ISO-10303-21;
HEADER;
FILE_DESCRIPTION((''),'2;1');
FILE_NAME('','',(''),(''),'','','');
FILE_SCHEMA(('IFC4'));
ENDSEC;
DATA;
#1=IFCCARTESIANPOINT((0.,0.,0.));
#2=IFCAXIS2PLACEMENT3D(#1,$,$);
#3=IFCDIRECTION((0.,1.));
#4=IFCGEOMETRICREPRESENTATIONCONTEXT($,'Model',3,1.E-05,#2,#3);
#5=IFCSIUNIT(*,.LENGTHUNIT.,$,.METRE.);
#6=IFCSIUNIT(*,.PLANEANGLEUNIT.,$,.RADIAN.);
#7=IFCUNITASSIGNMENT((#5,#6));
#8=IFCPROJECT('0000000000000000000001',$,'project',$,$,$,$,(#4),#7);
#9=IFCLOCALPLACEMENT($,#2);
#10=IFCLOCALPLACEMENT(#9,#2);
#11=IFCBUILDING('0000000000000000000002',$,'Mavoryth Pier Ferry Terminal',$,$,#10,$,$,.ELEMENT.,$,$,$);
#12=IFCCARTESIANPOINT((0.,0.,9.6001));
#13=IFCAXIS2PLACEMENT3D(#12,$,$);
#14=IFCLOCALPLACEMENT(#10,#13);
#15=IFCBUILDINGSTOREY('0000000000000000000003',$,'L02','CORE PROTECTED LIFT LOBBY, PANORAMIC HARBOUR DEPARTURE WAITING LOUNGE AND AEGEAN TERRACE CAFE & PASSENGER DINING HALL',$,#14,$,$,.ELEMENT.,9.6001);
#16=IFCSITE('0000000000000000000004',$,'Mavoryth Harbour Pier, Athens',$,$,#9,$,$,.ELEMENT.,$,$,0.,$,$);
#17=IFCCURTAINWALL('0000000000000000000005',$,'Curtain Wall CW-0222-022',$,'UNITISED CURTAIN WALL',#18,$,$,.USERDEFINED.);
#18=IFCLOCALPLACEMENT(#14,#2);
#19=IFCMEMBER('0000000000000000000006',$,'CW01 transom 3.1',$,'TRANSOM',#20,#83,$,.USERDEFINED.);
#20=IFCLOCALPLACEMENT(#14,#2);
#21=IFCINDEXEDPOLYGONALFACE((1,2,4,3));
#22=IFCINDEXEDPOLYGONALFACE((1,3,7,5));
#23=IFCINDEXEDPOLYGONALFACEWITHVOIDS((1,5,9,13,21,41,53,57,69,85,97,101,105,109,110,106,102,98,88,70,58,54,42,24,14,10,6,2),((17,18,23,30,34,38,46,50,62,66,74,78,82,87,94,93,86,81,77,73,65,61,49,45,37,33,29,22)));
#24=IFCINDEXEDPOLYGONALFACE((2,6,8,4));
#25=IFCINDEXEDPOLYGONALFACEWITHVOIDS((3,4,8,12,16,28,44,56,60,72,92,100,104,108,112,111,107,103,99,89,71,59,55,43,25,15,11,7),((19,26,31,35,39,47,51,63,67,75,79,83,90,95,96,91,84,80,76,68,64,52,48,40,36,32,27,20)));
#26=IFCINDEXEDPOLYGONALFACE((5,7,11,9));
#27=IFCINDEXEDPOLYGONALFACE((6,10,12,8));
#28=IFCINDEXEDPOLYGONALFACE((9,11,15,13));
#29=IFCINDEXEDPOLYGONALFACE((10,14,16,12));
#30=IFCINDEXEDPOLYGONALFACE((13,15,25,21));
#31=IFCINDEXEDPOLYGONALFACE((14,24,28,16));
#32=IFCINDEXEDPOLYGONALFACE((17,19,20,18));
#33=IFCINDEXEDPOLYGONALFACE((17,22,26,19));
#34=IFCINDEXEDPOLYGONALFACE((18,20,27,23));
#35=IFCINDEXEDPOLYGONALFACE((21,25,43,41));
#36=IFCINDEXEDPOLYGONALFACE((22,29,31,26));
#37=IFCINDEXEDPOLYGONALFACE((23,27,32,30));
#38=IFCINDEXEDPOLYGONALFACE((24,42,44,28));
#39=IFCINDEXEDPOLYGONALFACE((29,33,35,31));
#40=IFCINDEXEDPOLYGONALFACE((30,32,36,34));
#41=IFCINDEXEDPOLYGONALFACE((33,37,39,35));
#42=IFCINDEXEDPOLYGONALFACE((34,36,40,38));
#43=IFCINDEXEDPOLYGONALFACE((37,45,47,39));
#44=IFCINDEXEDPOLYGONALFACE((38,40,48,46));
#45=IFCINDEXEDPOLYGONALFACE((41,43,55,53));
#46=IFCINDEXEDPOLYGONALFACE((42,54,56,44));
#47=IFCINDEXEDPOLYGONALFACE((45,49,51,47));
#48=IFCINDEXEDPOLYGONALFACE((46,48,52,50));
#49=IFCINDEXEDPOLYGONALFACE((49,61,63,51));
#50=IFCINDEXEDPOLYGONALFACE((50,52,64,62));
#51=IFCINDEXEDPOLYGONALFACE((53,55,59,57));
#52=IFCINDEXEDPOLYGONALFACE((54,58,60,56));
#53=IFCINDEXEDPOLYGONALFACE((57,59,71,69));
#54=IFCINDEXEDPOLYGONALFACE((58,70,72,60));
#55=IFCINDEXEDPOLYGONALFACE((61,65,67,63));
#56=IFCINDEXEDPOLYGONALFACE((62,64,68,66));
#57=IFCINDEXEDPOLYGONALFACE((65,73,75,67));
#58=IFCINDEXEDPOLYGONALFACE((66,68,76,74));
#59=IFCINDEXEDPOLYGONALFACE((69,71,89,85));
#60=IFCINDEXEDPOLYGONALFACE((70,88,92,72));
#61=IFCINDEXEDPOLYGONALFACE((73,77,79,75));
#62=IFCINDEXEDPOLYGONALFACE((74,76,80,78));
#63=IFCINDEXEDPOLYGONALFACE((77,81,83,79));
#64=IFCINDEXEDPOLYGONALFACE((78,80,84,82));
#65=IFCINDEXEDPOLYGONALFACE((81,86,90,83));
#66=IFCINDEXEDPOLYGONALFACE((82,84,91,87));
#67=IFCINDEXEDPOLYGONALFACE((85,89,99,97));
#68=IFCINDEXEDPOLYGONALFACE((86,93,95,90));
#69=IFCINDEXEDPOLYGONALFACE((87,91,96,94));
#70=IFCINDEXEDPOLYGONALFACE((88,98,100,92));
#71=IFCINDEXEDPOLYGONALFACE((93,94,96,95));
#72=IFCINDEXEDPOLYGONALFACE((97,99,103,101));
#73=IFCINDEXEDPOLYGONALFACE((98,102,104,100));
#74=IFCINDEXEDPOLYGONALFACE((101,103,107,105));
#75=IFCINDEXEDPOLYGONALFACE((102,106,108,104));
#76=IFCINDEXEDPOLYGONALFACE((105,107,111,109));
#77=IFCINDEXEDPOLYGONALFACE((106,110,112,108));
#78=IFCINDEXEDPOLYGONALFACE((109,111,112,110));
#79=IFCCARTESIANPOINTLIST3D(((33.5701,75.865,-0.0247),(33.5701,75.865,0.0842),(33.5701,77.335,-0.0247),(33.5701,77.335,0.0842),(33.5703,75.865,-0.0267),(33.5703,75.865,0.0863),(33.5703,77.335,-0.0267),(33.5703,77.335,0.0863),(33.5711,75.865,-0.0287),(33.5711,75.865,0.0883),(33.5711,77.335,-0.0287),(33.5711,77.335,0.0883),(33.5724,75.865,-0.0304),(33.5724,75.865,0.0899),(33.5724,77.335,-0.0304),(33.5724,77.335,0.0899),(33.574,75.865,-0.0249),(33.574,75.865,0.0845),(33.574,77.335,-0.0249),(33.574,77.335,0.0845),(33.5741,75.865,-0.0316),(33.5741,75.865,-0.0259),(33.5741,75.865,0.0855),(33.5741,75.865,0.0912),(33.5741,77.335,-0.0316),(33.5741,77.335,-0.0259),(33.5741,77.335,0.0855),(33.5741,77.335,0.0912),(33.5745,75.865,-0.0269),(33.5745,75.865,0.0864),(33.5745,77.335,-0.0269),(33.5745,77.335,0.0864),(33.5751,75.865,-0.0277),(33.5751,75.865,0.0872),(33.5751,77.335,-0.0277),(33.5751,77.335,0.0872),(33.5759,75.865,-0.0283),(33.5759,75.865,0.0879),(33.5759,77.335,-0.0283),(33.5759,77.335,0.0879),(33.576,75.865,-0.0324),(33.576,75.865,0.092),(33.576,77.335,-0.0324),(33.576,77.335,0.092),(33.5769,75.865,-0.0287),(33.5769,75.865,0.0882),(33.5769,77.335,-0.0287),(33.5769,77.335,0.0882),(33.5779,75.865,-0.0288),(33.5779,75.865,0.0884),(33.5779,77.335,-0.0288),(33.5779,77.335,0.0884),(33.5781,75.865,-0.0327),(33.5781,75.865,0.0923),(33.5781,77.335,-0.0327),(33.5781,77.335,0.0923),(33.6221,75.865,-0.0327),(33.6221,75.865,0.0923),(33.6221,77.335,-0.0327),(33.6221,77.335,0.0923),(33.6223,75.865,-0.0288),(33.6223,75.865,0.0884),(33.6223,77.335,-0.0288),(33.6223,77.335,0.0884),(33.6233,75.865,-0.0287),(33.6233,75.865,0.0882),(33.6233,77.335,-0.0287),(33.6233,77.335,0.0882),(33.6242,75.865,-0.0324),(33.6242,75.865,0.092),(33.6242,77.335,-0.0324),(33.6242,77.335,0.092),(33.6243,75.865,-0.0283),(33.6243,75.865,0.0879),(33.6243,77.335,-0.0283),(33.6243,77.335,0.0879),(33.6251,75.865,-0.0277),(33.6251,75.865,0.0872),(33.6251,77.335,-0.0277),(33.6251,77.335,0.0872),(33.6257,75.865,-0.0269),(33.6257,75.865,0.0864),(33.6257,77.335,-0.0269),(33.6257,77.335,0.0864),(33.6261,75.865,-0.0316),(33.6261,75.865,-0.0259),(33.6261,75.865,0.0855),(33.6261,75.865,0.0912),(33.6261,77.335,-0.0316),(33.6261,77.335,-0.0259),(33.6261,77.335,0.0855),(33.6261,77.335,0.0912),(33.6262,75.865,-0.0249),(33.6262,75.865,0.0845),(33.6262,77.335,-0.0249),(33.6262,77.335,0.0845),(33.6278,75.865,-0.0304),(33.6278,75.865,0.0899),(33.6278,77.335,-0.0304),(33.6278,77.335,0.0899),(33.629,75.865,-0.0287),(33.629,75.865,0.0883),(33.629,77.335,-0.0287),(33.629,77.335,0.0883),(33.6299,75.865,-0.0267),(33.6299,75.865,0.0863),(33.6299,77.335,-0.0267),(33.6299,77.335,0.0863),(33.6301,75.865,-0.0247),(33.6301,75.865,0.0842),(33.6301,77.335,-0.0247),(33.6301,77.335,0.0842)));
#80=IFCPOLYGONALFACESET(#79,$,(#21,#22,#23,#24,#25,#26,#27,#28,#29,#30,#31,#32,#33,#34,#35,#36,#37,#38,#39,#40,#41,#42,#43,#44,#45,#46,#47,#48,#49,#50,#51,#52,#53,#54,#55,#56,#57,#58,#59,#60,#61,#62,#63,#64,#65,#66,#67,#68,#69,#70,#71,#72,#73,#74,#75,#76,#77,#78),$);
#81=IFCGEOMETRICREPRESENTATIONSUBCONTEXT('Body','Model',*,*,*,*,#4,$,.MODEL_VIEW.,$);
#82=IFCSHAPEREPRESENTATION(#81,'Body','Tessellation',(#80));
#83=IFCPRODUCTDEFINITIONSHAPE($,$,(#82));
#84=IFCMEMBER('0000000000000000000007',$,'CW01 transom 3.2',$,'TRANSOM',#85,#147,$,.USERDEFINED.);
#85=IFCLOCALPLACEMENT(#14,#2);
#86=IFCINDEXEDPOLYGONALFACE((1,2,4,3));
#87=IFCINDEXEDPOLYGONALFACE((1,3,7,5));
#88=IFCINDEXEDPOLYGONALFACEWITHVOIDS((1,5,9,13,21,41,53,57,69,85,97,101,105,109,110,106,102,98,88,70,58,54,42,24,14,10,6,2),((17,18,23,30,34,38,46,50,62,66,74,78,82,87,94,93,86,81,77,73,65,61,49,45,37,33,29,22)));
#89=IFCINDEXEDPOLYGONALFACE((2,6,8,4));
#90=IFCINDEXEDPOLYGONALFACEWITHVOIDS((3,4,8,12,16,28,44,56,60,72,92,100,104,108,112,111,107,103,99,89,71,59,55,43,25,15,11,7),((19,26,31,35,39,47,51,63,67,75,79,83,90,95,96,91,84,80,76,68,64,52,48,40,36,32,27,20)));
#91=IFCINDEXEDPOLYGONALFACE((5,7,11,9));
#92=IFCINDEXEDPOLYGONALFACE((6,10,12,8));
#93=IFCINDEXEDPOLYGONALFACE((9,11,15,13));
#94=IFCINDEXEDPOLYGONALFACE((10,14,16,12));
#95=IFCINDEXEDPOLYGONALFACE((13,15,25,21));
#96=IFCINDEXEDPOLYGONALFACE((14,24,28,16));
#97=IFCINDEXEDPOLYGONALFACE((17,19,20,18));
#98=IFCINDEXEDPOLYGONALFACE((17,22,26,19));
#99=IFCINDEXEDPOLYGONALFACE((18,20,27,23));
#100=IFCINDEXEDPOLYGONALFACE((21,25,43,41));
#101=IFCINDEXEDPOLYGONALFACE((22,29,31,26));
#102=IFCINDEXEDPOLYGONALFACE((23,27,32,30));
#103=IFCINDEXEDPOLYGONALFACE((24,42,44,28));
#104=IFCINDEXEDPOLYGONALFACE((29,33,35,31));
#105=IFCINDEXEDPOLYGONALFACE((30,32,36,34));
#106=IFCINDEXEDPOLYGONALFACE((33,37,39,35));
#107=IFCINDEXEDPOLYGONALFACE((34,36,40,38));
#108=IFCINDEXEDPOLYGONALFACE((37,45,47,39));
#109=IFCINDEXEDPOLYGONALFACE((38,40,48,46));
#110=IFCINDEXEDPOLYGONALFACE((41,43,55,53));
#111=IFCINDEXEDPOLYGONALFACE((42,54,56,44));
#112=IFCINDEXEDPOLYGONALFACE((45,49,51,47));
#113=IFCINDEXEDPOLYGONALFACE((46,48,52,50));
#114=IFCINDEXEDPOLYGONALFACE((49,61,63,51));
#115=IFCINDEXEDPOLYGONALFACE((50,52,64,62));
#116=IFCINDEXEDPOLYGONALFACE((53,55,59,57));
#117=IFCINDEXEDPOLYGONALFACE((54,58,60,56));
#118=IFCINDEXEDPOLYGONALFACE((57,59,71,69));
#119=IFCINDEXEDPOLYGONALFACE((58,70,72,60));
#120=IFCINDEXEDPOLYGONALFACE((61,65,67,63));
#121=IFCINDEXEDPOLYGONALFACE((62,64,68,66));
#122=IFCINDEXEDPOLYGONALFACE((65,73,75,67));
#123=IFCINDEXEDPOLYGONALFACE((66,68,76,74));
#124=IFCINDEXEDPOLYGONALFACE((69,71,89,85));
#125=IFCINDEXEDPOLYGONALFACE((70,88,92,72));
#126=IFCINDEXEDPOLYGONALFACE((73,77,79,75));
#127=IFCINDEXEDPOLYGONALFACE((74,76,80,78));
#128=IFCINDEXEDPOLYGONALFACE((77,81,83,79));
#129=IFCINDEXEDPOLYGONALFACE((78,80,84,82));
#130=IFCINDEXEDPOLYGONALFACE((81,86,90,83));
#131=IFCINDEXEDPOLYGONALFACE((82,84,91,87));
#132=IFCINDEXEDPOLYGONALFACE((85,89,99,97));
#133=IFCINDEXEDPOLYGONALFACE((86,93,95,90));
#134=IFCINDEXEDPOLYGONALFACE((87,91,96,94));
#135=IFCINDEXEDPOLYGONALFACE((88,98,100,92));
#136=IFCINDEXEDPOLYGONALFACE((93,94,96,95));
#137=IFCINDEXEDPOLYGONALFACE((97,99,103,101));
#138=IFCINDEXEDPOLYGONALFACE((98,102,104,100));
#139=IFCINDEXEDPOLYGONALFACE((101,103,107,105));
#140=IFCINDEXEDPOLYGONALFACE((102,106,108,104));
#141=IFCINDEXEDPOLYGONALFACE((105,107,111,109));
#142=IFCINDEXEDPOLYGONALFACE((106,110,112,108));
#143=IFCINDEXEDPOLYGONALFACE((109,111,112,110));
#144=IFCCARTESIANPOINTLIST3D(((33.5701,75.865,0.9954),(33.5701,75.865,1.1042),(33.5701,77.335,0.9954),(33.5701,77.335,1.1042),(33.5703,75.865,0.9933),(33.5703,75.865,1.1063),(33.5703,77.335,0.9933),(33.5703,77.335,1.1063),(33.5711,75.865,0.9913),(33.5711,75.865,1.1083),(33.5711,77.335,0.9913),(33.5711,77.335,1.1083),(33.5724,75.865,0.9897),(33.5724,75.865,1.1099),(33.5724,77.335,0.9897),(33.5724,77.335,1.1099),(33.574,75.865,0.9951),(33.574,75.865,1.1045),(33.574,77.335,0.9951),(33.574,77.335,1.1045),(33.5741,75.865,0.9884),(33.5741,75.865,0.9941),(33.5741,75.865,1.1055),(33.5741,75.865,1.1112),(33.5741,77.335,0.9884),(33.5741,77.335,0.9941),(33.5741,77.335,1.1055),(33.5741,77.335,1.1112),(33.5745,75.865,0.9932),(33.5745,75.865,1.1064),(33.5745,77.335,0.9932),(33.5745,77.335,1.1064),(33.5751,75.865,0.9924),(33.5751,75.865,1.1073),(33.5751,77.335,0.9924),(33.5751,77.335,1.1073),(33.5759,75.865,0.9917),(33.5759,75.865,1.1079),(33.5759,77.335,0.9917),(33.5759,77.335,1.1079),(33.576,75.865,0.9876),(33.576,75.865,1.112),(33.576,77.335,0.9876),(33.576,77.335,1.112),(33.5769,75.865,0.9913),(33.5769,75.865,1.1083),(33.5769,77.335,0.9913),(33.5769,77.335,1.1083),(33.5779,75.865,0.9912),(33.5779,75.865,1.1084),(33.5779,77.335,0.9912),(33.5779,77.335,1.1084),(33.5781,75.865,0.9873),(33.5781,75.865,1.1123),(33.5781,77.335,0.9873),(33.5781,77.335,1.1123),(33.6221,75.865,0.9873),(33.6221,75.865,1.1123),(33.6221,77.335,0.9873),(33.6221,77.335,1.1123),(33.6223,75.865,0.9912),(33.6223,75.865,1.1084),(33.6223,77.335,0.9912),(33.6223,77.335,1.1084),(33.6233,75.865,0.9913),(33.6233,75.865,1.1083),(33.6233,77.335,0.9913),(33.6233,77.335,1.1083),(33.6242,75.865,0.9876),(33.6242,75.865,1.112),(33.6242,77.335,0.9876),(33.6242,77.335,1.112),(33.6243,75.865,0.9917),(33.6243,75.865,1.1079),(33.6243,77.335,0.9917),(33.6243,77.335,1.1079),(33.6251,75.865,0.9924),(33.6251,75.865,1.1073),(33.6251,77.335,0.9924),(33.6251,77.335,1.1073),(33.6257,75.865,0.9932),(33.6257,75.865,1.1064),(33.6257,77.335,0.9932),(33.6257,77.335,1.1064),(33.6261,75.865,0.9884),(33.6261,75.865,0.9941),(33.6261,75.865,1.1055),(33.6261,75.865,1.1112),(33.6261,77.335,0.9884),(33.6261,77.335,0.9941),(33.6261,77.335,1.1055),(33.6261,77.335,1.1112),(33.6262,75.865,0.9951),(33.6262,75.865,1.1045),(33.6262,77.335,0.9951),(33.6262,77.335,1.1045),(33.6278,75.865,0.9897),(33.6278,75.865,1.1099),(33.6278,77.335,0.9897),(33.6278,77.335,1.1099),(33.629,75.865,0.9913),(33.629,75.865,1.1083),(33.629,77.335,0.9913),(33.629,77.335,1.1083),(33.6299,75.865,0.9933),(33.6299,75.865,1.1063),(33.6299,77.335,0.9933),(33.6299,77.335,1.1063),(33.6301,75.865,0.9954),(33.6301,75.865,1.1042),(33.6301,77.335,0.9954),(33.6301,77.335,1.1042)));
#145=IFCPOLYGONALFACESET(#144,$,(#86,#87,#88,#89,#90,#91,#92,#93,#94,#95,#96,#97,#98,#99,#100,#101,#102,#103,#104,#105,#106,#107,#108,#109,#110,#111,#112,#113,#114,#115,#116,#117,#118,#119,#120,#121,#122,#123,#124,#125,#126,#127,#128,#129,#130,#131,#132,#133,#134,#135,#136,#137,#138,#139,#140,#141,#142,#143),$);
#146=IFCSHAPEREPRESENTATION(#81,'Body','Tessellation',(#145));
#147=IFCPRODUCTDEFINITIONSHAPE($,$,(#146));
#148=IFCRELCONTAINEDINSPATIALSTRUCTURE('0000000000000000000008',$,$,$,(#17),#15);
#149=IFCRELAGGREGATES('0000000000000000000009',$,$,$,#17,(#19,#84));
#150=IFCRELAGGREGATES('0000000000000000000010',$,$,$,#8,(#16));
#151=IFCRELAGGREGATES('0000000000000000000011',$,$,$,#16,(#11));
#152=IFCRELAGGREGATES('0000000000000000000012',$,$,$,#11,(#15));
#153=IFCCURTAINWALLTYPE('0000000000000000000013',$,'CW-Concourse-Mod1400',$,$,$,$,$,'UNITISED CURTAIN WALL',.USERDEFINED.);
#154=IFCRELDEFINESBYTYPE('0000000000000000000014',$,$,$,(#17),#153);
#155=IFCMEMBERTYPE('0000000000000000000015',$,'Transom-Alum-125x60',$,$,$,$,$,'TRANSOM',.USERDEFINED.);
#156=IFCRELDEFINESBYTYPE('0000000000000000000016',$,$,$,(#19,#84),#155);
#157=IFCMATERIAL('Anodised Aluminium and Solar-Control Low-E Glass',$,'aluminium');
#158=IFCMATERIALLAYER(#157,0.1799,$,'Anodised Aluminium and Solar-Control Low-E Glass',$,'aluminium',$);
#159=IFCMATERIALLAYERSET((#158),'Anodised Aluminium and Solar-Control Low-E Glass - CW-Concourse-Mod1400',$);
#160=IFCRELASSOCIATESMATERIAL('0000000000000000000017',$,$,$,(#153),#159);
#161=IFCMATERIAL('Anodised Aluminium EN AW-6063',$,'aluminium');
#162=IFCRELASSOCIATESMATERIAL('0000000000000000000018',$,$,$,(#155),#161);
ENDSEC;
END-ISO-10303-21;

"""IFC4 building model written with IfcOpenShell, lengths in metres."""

from ifc_helpers import new_model, si_unit, direction, frame, origin, origin_2d, place, context, subcontext, project, spatial, hollow_rectangle, extrude, material, layer, layer_set, material_profile, profile_set, type_object, element, aggregate, save


model = new_model("IFC4")

# Units and contexts
model_context = context("Model", 3, precision=1e-05, world=origin(), true_north=direction((0.0, 1.0)))
body_context = subcontext(model_context, "Body", "Model", "MODEL_VIEW")
ifc_project = project(units=[si_unit("LENGTHUNIT", "METRE"), si_unit("PLANEANGLEUNIT", "RADIAN")], contexts=[model_context])

# Site, building, storey
site_placement = place(None, origin())
site = spatial("IfcSite", under=ifc_project, at=site_placement, Name="Mavoryth Harbour Pier, Athens", CompositionType="ELEMENT", RefElevation=0.0)
building_placement = place(site_placement, origin())
building = spatial("IfcBuilding", under=site, at=building_placement, Name="Mavoryth Pier Ferry Terminal", CompositionType="ELEMENT")
storey_placement = place(building_placement, frame((0.0, 0.0, 9.6001)))
storey = spatial("IfcBuildingStorey", under=building, at=storey_placement, Name="L02", Description="CORE PROTECTED LIFT LOBBY, PANORAMIC HARBOUR DEPARTURE WAITING LOUNGE AND AEGEAN TERRACE CAFE & PASSENGER DINING HALL", CompositionType="ELEMENT", Elevation=9.6001)

# Curtain wall, members
ifc_material_1 = material(Name="Anodised Aluminium and Solar-Control Low-E Glass", Category="aluminium")
ifc_layer_1 = layer(ifc_material_1, 0.1799, Name="Anodised Aluminium and Solar-Control Low-E Glass", Category="aluminium")
ifc_layer_set_1 = layer_set([ifc_layer_1], Name="Anodised Aluminium and Solar-Control Low-E Glass - CW-Concourse-Mod1400")
curtain_wall_type = type_object("IfcCurtainWallType", Name="CW-Concourse-Mod1400", ElementType="UNITISED CURTAIN WALL", PredefinedType="USERDEFINED", material=ifc_layer_set_1)
curtain_wall_placement = place(storey_placement, origin())
curtain_wall = element("IfcCurtainWall", 1, at=curtain_wall_placement, inside=storey, type_object=curtain_wall_type, Name="Curtain Wall CW-0222-022", ObjectType="UNITISED CURTAIN WALL", PredefinedType="USERDEFINED")
ifc_material_2 = material(Name="Anodised Aluminium EN AW-6063", Category="aluminium")
ifc_material_profile_1 = material_profile(ifc_material_2, hollow_rectangle(XDim=0.0601, YDim=0.125, WallThickness=0.0039, InnerFilletRadius=0.0039, OuterFilletRadius=0.0081, at=origin_2d()), Name="AL-TRAN 125x60x4", Category="aluminium")
ifc_profile_set_1 = profile_set([ifc_material_profile_1], Name="Anodised Aluminium EN AW-6063 - AL-TRAN 125x60x4")
member_type_1 = type_object("IfcMemberType", Name="Transom-Alum-125x60", ElementType="TRANSOM", PredefinedType="USERDEFINED", material=ifc_profile_set_1)
member_1_placement = place(storey_placement, frame((33.6001, 75.865, 0.0298), z_axis=(0.0, 1.0, 0.0), x_axis=(-1.0, 0.0, 0.0)))
member_1 = element("IfcMember", 2, at=member_1_placement, type_object=member_type_1, Name="CW01 transom 3.1", ObjectType="TRANSOM", PredefinedType="USERDEFINED", context=body_context, shape_type="SweptSolid", body=[
    extrude(hollow_rectangle(XDim=0.0601, YDim=0.125, WallThickness=0.0039, InnerFilletRadius=0.0039, OuterFilletRadius=0.0081, at=origin_2d()), origin(), (0.0, 0.0, 1.0), 1.47),
])
member_2_placement = place(storey_placement, frame((33.6001, 75.865, 1.0498), z_axis=(0.0, 1.0, 0.0), x_axis=(-1.0, 0.0, 0.0)))
member_2 = element("IfcMember", 3, at=member_2_placement, type_object=member_type_1, Name="CW01 transom 3.2", ObjectType="TRANSOM", PredefinedType="USERDEFINED", context=body_context, shape_type="SweptSolid", body=[
    extrude(hollow_rectangle(XDim=0.0601, YDim=0.125, WallThickness=0.0039, InnerFilletRadius=0.0039, OuterFilletRadius=0.0081, at=origin_2d()), origin(), (0.0, 0.0, 1.0), 1.47),
])
aggregate(curtain_wall, [member_1, member_2])

save(model, "model.ifc")
